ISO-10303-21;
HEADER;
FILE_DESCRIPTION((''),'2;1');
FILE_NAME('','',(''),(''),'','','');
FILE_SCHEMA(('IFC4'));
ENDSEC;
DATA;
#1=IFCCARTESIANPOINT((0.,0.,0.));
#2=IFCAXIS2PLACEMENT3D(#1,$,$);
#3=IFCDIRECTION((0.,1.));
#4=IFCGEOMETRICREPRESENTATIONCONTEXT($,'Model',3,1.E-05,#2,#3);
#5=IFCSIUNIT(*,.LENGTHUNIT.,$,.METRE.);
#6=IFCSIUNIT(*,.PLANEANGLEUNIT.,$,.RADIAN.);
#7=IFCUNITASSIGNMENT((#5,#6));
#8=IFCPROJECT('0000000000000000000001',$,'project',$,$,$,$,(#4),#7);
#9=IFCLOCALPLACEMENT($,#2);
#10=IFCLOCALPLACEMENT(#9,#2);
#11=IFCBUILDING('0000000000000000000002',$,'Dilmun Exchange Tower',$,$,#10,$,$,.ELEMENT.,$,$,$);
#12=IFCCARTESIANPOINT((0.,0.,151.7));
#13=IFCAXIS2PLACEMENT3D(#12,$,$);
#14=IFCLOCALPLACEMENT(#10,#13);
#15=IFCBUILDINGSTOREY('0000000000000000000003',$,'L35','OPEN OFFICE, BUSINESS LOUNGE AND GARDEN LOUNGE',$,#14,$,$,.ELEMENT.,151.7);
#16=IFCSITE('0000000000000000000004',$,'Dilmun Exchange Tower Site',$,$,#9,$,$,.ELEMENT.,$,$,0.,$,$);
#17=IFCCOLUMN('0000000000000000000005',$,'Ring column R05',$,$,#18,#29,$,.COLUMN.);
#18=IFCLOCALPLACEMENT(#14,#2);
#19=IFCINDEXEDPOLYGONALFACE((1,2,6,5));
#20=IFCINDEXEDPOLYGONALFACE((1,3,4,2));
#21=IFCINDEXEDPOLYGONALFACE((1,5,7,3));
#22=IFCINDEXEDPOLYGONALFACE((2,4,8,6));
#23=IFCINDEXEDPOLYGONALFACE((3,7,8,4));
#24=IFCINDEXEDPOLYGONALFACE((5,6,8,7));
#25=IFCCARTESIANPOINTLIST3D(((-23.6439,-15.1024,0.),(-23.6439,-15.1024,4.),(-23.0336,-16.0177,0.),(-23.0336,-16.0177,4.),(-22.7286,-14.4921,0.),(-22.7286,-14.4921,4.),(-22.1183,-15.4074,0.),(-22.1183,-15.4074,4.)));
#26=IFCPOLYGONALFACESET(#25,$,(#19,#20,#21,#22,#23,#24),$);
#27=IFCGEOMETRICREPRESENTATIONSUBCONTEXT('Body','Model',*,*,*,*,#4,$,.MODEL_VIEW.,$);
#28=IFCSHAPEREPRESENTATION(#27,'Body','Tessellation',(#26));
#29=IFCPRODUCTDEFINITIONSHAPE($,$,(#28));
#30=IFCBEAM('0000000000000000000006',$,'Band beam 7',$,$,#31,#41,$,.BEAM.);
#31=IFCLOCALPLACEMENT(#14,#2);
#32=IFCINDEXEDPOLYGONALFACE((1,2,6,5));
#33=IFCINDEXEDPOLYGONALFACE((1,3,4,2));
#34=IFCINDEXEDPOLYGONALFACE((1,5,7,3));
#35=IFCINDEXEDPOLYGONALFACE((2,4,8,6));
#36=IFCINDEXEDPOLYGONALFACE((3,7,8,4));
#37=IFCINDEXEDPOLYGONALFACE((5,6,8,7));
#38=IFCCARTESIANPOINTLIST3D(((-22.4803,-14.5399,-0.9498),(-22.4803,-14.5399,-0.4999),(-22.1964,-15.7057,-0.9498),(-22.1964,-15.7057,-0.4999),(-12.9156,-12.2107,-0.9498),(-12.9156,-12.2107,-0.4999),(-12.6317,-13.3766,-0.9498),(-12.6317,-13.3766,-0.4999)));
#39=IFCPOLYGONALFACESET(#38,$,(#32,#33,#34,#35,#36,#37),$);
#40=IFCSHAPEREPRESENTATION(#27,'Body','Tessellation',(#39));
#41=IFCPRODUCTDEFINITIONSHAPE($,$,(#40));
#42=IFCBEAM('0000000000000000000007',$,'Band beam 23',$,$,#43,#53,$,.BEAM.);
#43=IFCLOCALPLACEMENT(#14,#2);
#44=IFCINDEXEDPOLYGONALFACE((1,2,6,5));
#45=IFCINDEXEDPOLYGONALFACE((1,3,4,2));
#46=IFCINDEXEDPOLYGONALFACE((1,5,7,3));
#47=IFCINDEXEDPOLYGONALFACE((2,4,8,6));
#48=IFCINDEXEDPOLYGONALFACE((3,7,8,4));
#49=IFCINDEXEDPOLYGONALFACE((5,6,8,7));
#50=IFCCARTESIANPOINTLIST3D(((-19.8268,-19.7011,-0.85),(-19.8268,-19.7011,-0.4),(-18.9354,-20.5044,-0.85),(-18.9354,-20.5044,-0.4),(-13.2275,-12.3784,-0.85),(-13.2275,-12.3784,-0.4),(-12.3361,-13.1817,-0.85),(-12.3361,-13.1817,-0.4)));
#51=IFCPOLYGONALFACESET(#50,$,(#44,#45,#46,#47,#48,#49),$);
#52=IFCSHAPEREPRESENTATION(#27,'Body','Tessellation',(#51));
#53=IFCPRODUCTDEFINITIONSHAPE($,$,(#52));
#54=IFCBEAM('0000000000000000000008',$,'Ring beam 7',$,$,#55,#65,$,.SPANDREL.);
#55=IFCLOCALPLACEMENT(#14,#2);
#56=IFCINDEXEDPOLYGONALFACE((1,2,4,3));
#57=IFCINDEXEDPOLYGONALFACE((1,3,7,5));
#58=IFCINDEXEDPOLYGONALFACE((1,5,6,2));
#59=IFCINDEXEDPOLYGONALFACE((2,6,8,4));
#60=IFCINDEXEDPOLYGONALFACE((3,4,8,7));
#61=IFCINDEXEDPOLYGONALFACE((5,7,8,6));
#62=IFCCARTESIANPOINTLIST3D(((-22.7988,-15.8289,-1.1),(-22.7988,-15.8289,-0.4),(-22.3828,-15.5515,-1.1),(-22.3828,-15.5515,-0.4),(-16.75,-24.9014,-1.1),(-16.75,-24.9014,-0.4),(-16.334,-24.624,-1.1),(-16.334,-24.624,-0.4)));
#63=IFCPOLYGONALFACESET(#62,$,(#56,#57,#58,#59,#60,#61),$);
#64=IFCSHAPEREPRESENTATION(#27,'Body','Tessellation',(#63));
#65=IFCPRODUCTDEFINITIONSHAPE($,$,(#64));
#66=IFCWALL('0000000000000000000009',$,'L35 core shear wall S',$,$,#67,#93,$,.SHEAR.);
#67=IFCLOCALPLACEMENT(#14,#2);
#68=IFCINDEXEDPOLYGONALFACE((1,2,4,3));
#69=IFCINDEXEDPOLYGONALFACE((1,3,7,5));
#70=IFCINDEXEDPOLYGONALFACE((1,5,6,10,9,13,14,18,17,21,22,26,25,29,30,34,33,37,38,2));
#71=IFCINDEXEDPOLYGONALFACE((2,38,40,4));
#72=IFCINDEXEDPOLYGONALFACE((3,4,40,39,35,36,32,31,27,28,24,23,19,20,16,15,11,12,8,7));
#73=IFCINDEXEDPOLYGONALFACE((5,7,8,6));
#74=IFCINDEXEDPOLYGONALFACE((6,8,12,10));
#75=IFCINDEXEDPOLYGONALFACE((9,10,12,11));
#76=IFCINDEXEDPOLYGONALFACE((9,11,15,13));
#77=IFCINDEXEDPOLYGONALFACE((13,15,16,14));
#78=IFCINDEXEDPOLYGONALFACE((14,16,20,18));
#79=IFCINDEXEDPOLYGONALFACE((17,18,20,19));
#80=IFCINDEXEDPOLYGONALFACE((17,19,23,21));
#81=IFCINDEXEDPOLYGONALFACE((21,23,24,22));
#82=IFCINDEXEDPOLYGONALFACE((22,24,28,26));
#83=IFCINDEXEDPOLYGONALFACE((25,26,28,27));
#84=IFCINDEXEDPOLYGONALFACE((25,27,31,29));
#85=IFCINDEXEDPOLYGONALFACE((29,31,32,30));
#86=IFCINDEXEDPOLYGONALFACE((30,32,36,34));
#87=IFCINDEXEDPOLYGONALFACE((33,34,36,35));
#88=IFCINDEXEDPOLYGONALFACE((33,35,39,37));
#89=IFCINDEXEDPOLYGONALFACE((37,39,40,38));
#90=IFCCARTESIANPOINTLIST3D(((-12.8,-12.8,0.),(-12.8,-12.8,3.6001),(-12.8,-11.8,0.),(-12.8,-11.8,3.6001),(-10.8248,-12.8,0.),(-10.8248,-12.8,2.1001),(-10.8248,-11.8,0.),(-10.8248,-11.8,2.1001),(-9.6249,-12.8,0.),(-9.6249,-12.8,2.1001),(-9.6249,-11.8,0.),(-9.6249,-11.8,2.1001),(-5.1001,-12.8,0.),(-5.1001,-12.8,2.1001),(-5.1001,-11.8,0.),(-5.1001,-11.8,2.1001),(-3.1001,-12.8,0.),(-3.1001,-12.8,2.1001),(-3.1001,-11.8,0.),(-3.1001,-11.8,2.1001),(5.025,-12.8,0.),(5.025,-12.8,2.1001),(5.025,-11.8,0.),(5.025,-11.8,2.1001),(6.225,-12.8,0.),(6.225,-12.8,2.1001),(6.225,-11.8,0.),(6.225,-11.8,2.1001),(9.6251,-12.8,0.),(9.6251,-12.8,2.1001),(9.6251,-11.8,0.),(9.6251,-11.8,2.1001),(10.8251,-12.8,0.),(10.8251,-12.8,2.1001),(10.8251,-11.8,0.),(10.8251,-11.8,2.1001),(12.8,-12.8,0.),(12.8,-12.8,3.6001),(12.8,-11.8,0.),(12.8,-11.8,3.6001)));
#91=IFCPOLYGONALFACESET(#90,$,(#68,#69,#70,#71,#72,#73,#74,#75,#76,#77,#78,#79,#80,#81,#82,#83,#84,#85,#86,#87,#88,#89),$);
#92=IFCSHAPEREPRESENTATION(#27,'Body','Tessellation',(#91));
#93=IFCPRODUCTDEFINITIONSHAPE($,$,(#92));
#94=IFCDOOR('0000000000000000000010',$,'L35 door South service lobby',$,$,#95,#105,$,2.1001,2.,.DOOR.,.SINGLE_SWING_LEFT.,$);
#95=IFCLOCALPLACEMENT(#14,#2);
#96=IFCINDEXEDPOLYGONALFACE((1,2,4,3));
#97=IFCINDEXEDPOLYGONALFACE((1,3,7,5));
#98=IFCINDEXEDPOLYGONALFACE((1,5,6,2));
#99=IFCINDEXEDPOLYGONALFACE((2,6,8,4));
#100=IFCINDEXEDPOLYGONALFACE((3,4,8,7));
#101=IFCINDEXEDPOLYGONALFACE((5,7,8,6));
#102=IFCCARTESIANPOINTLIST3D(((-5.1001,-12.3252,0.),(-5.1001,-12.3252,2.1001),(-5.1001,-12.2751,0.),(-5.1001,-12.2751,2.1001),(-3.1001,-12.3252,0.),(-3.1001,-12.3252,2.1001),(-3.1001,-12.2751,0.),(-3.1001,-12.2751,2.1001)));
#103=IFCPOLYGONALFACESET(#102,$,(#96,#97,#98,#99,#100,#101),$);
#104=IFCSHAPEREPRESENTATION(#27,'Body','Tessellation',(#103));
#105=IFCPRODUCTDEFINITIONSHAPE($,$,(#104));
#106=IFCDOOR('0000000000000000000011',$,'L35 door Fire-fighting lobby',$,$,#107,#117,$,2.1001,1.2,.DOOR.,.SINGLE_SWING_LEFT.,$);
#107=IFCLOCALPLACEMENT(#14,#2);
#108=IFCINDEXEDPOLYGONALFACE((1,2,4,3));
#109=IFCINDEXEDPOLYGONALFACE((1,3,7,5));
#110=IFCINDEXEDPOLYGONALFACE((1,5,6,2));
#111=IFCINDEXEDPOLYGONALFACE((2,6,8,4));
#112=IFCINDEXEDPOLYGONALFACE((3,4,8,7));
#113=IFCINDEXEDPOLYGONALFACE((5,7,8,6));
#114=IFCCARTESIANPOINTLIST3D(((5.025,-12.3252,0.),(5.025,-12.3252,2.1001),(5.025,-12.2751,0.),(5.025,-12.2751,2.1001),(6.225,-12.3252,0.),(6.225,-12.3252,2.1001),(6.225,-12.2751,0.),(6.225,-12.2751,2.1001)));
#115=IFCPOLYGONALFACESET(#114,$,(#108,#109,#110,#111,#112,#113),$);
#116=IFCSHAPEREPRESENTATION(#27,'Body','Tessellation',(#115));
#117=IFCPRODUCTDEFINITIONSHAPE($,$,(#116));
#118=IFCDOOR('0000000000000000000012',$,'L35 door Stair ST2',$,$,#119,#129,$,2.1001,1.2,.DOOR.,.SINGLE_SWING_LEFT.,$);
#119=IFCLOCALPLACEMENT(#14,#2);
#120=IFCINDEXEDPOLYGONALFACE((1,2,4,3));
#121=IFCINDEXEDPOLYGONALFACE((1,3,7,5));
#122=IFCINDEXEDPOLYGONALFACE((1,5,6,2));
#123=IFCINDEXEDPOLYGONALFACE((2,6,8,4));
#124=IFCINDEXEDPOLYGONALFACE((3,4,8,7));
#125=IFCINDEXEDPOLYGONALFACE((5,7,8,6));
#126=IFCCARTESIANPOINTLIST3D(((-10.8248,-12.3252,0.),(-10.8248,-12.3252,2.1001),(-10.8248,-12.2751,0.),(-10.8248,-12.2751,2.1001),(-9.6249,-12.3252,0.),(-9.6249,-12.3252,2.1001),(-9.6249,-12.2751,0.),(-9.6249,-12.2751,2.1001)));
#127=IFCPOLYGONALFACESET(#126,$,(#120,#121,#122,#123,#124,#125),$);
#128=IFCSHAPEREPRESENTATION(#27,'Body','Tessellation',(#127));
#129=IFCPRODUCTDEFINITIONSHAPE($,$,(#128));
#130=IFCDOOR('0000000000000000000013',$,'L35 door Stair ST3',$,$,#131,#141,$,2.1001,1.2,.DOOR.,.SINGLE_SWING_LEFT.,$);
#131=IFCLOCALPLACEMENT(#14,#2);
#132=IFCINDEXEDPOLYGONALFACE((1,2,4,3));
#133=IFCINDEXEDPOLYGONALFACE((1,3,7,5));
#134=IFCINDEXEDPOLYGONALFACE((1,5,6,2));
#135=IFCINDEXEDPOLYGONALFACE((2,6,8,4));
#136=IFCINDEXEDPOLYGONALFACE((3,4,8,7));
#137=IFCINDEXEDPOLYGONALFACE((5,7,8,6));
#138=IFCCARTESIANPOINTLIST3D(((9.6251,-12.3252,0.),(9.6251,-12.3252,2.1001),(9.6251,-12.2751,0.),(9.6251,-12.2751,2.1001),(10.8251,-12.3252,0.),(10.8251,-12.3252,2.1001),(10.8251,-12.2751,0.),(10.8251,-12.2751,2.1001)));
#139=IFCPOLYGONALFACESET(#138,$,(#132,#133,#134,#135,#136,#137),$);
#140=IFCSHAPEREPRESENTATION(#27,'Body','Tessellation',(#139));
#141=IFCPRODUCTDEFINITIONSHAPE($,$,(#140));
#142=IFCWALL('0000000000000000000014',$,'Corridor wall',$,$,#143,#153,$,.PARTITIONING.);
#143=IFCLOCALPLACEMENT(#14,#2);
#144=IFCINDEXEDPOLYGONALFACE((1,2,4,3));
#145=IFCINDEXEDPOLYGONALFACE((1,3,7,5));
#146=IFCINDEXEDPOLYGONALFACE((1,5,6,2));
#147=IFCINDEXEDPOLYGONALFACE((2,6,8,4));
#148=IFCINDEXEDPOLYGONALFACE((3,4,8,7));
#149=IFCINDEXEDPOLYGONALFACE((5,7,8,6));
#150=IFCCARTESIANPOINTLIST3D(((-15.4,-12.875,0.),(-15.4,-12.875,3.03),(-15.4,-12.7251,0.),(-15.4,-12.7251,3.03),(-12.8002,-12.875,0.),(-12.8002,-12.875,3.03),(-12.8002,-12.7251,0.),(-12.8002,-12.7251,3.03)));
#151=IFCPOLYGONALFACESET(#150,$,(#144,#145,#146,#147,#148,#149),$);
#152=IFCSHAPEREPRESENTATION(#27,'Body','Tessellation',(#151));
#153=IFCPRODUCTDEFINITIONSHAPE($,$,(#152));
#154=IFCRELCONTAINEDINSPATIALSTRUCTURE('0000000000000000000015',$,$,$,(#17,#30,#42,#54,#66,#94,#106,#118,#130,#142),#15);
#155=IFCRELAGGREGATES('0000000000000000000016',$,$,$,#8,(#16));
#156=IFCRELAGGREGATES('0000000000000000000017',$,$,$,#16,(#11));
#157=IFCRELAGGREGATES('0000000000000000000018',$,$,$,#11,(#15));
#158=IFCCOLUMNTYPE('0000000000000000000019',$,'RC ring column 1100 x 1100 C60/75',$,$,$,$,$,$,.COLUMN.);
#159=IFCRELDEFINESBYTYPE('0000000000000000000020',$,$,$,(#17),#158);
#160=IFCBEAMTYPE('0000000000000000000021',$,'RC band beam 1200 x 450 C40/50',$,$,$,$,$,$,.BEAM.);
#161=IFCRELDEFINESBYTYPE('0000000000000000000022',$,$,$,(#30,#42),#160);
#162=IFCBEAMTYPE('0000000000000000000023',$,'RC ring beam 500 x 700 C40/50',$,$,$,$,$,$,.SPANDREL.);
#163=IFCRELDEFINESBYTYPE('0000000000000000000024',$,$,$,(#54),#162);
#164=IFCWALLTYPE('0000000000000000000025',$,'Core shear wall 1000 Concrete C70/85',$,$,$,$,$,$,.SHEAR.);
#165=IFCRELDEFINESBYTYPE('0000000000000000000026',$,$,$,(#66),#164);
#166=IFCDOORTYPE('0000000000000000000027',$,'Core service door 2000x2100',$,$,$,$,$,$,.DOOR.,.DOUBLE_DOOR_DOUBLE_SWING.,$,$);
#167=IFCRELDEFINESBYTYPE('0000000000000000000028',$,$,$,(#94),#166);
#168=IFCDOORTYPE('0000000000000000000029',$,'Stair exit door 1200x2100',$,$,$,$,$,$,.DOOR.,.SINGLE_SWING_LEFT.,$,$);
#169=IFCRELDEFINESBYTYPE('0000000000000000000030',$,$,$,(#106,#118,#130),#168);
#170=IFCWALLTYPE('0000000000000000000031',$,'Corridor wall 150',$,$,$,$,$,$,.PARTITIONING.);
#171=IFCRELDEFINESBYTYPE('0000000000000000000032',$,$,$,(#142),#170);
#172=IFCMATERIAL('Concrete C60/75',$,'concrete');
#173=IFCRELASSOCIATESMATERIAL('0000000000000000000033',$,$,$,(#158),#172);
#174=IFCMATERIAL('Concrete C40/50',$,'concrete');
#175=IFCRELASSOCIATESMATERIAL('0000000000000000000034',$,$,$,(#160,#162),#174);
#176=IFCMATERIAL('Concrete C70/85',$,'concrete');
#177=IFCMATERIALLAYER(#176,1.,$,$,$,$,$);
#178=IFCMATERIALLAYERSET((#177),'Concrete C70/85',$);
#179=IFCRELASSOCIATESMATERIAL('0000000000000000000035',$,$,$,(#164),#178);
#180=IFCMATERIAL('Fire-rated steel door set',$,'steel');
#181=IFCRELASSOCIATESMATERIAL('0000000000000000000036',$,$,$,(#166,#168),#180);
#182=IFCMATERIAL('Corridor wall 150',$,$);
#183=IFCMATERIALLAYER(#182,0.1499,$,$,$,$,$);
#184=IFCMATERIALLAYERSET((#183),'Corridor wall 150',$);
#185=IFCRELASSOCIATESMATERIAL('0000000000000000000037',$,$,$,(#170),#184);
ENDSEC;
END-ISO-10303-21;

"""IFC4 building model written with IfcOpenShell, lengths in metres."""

from ifc_helpers import new_model, si_unit, direction, frame, frame_2d, origin, origin_2d, place, context, subcontext, project, spatial, rectangle, extrude, material, layer, layer_set, material_profile, profile_set, type_object, element, fill, save


model = new_model("IFC4")

# Units and contexts
model_context = context("Model", 3, precision=1e-05, world=origin(), true_north=direction((0.0, 1.0)))
body_context = subcontext(model_context, "Body", "Model", "MODEL_VIEW")
ifc_project = project(units=[si_unit("LENGTHUNIT", "METRE"), si_unit("PLANEANGLEUNIT", "RADIAN")], contexts=[model_context])

# Site, building, storey
site_placement = place(None, origin())
site = spatial("IfcSite", under=ifc_project, at=site_placement, Name="Dilmun Exchange Tower Site", CompositionType="ELEMENT", RefElevation=0.0)
building_placement = place(site_placement, origin())
building = spatial("IfcBuilding", under=site, at=building_placement, Name="Dilmun Exchange Tower", CompositionType="ELEMENT")
storey_placement = place(building_placement, frame((0.0, 0.0, 151.7)))
storey = spatial("IfcBuildingStorey", under=building, at=storey_placement, Name="L35", Description="OPEN OFFICE, BUSINESS LOUNGE AND GARDEN LOUNGE", CompositionType="ELEMENT", Elevation=151.7)

# Column
ifc_material_1 = material(Name="Concrete C60/75", Category="concrete")
ifc_material_profile_1 = material_profile(ifc_material_1, rectangle(XDim=1.1001, YDim=1.1001, at=origin_2d()), Name="1100 x 1100")
ifc_profile_set_1 = profile_set([ifc_material_profile_1], Name="Concrete C60/75")
column_type = type_object("IfcColumnType", Name="RC ring column 1100 x 1100 C60/75", PredefinedType="COLUMN", material=ifc_profile_set_1)
column_placement = place(storey_placement, frame((-22.8811, -15.2549, 0.0), z_axis=(0.0, 0.0, 1.0), x_axis=(0.832029, 0.554733, 0.0)))
element("IfcColumn", 1, at=column_placement, inside=storey, type_object=column_type, Name="Ring column R05", PredefinedType="COLUMN", context=body_context, shape_type="SweptSolid", body=[
    extrude(rectangle(XDim=1.1001, YDim=1.1001, at=origin_2d()), origin(), (0.0, 0.0, 1.0), 4.0),
])

# Beams
ifc_material_2 = material(Name="Concrete C40/50", Category="concrete")
ifc_material_profile_2 = material_profile(ifc_material_2, rectangle(XDim=1.2, YDim=0.45, at=origin_2d()), Name="1200 x 450")
ifc_profile_set_2 = profile_set([ifc_material_profile_2], Name="Concrete C40/50")
beam_type_1 = type_object("IfcBeamType", Name="RC band beam 1200 x 450 C40/50", PredefinedType="BEAM", material=ifc_profile_set_2)
beam_1_placement = place(storey_placement, frame((-22.3384, -15.1228, -0.7249), z_axis=(0.971608, 0.236596, 0.0), x_axis=(-0.236596, 0.971608, 0.0)))
element("IfcBeam", 2, at=beam_1_placement, inside=storey, type_object=beam_type_1, Name="Band beam 7", PredefinedType="BEAM", context=body_context, shape_type="SweptSolid", body=[
    extrude(rectangle(XDim=1.2, YDim=0.45, at=origin_2d()), origin(), (0.0, 0.0, 1.0), 9.8442),
])
beam_2_placement = place(storey_placement, frame((-19.3811, -20.1028, -0.625), z_axis=(0.669463, 0.742846, 0.0), x_axis=(-0.742846, 0.669463, 0.0)))
element("IfcBeam", 3, at=beam_2_placement, inside=storey, type_object=beam_type_1, Name="Band beam 23", PredefinedType="BEAM", context=body_context, shape_type="SweptSolid", body=[
    extrude(rectangle(XDim=1.2, YDim=0.45, at=origin_2d()), origin(), (0.0, 0.0, 1.0), 9.8577),
])
ifc_material_profile_3 = material_profile(ifc_material_2, rectangle(XDim=0.5, YDim=0.7, at=origin_2d()), Name="500 x 700")
ifc_profile_set_3 = profile_set([ifc_material_profile_3], Name="Concrete C40/50")
beam_type_2 = type_object("IfcBeamType", Name="RC ring beam 500 x 700 C40/50", PredefinedType="SPANDREL", material=ifc_profile_set_3)
beam_3_placement = place(storey_placement, frame((-22.5908, -15.6902, -0.75), z_axis=(0.554731, -0.83203, 0.0), x_axis=(0.83203, 0.554731, 0.0)))
element("IfcBeam", 4, at=beam_3_placement, inside=storey, type_object=beam_type_2, Name="Ring beam 7", PredefinedType="SPANDREL", context=body_context, shape_type="SweptSolid", body=[
    extrude(rectangle(XDim=0.5, YDim=0.7, at=origin_2d()), origin(), (0.0, 0.0, 1.0), 10.9041),
])

# Wall, openings, doors
ifc_material_3 = material(Name="Concrete C70/85", Category="concrete")
ifc_layer_1 = layer(ifc_material_3, 1.0)
ifc_layer_set_1 = layer_set([ifc_layer_1], Name="Concrete C70/85")
wall_type_1 = type_object("IfcWallType", Name="Core shear wall 1000 Concrete C70/85", PredefinedType="SHEAR", material=ifc_layer_set_1)
wall_1_placement = place(storey_placement, frame((-12.8, -12.3, 0.0), z_axis=(0.0, 0.0, 1.0), x_axis=(1.0, 0.0, 0.0)))
wall_1 = element("IfcWall", 5, at=wall_1_placement, inside=storey, type_object=wall_type_1, Name="L35 core shear wall S", PredefinedType="SHEAR", context=body_context, shape_type="SweptSolid", body=[
    extrude(rectangle(XDim=25.6001, YDim=1.0, at=frame_2d((12.8, 0.0))), origin(), (0.0, 0.0, 1.0), 3.6001),
])
opening_1_placement = place(wall_1_placement, frame((7.7, 0.0, 0.0)))
opening_1 = element("IfcOpeningElement", 6, at=opening_1_placement, cuts=wall_1, PredefinedType="OPENING", context=body_context, shape_type="SweptSolid", body=[
    extrude(rectangle(XDim=2.0, YDim=2.1001, at=frame_2d((1.0, 1.05))), frame((0.0, 0.51, 0.0), z_axis=(0.0, -1.0, 0.0), x_axis=(1.0, 0.0, 0.0)), (0.0, 0.0, 1.0), 1.02),
])
opening_2_placement = place(wall_1_placement, frame((17.825, 0.0, 0.0)))
opening_2 = element("IfcOpeningElement", 7, at=opening_2_placement, cuts=wall_1, PredefinedType="OPENING", context=body_context, shape_type="SweptSolid", body=[
    extrude(rectangle(XDim=1.2, YDim=2.1001, at=frame_2d((0.6001, 1.05))), frame((0.0, 0.51, 0.0), z_axis=(0.0, -1.0, 0.0), x_axis=(1.0, 0.0, 0.0)), (0.0, 0.0, 1.0), 1.02),
])
opening_3_placement = place(wall_1_placement, frame((1.9751, 0.0, 0.0)))
opening_3 = element("IfcOpeningElement", 8, at=opening_3_placement, cuts=wall_1, PredefinedType="OPENING", context=body_context, shape_type="SweptSolid", body=[
    extrude(rectangle(XDim=1.2, YDim=2.1001, at=frame_2d((0.6001, 1.05))), frame((0.0, 0.51, 0.0), z_axis=(0.0, -1.0, 0.0), x_axis=(1.0, 0.0, 0.0)), (0.0, 0.0, 1.0), 1.02),
])
opening_4_placement = place(wall_1_placement, frame((22.425, 0.0, 0.0)))
opening_4 = element("IfcOpeningElement", 9, at=opening_4_placement, cuts=wall_1, PredefinedType="OPENING", context=body_context, shape_type="SweptSolid", body=[
    extrude(rectangle(XDim=1.2, YDim=2.1001, at=frame_2d((0.6001, 1.05))), frame((0.0, 0.51, 0.0), z_axis=(0.0, -1.0, 0.0), x_axis=(1.0, 0.0, 0.0)), (0.0, 0.0, 1.0), 1.02),
])
ifc_material_4 = material(Name="Fire-rated steel door set", Category="steel")
door_type_1 = type_object("IfcDoorType", Name="Core service door 2000x2100", OperationType="DOUBLE_DOOR_DOUBLE_SWING", PredefinedType="DOOR", material=ifc_material_4)
door_1_placement = place(opening_1_placement, origin())
door_1 = element("IfcDoor", 10, at=door_1_placement, inside=storey, type_object=door_type_1, Name="L35 door South service lobby", OperationType="SINGLE_SWING_LEFT", OverallHeight=2.1001, OverallWidth=2.0, PredefinedType="DOOR", context=body_context, shape_type="SweptSolid", body=[
    extrude(rectangle(XDim=2.0, YDim=2.1001, at=frame_2d((1.0, 1.05))), frame((0.0, 0.0249, 0.0), z_axis=(0.0, -1.0, 0.0), x_axis=(1.0, 0.0, 0.0)), (0.0, 0.0, 1.0), 0.05),
])
fill(opening_1, door_1)
door_type_2 = type_object("IfcDoorType", Name="Stair exit door 1200x2100", OperationType="SINGLE_SWING_LEFT", PredefinedType="DOOR", material=ifc_material_4)
door_2_placement = place(opening_2_placement, origin())
door_2 = element("IfcDoor", 11, at=door_2_placement, inside=storey, type_object=door_type_2, Name="L35 door Fire-fighting lobby", OperationType="SINGLE_SWING_LEFT", OverallHeight=2.1001, OverallWidth=1.2, PredefinedType="DOOR", context=body_context, shape_type="SweptSolid", body=[
    extrude(rectangle(XDim=1.2, YDim=2.1001, at=frame_2d((0.6001, 1.05))), frame((0.0, 0.0249, 0.0), z_axis=(0.0, -1.0, 0.0), x_axis=(1.0, 0.0, 0.0)), (0.0, 0.0, 1.0), 0.05),
])
fill(opening_2, door_2)
door_3_placement = place(opening_3_placement, origin())
door_3 = element("IfcDoor", 12, at=door_3_placement, inside=storey, type_object=door_type_2, Name="L35 door Stair ST2", OperationType="SINGLE_SWING_LEFT", OverallHeight=2.1001, OverallWidth=1.2, PredefinedType="DOOR", context=body_context, shape_type="SweptSolid", body=[
    extrude(rectangle(XDim=1.2, YDim=2.1001, at=frame_2d((0.6001, 1.05))), frame((0.0, 0.0249, 0.0), z_axis=(0.0, -1.0, 0.0), x_axis=(1.0, 0.0, 0.0)), (0.0, 0.0, 1.0), 0.05),
])
fill(opening_3, door_3)
door_4_placement = place(opening_4_placement, origin())
door_4 = element("IfcDoor", 13, at=door_4_placement, inside=storey, type_object=door_type_2, Name="L35 door Stair ST3", OperationType="SINGLE_SWING_LEFT", OverallHeight=2.1001, OverallWidth=1.2, PredefinedType="DOOR", context=body_context, shape_type="SweptSolid", body=[
    extrude(rectangle(XDim=1.2, YDim=2.1001, at=frame_2d((0.6001, 1.05))), frame((0.0, 0.0249, 0.0), z_axis=(0.0, -1.0, 0.0), x_axis=(1.0, 0.0, 0.0)), (0.0, 0.0, 1.0), 0.05),
])
fill(opening_4, door_4)

# Wall
ifc_material_5 = material(Name="Corridor wall 150")
ifc_layer_2 = layer(ifc_material_5, 0.1499)
ifc_layer_set_2 = layer_set([ifc_layer_2], Name="Corridor wall 150")
wall_type_2 = type_object("IfcWallType", Name="Corridor wall 150", PredefinedType="PARTITIONING", material=ifc_layer_set_2)
wall_2_placement = place(storey_placement, frame((-15.3999, -12.8, 0.0), z_axis=(0.0, 0.0, 1.0), x_axis=(1.0, 0.0, 0.0)))
element("IfcWall", 14, at=wall_2_placement, inside=storey, type_object=wall_type_2, Name="Corridor wall", PredefinedType="PARTITIONING", context=body_context, shape_type="SweptSolid", body=[
    extrude(rectangle(XDim=2.5999, YDim=0.1499, at=frame_2d((1.2998, 0.0))), origin(), (0.0, 0.0, 1.0), 3.03),
])

save(model, "model.ifc")
